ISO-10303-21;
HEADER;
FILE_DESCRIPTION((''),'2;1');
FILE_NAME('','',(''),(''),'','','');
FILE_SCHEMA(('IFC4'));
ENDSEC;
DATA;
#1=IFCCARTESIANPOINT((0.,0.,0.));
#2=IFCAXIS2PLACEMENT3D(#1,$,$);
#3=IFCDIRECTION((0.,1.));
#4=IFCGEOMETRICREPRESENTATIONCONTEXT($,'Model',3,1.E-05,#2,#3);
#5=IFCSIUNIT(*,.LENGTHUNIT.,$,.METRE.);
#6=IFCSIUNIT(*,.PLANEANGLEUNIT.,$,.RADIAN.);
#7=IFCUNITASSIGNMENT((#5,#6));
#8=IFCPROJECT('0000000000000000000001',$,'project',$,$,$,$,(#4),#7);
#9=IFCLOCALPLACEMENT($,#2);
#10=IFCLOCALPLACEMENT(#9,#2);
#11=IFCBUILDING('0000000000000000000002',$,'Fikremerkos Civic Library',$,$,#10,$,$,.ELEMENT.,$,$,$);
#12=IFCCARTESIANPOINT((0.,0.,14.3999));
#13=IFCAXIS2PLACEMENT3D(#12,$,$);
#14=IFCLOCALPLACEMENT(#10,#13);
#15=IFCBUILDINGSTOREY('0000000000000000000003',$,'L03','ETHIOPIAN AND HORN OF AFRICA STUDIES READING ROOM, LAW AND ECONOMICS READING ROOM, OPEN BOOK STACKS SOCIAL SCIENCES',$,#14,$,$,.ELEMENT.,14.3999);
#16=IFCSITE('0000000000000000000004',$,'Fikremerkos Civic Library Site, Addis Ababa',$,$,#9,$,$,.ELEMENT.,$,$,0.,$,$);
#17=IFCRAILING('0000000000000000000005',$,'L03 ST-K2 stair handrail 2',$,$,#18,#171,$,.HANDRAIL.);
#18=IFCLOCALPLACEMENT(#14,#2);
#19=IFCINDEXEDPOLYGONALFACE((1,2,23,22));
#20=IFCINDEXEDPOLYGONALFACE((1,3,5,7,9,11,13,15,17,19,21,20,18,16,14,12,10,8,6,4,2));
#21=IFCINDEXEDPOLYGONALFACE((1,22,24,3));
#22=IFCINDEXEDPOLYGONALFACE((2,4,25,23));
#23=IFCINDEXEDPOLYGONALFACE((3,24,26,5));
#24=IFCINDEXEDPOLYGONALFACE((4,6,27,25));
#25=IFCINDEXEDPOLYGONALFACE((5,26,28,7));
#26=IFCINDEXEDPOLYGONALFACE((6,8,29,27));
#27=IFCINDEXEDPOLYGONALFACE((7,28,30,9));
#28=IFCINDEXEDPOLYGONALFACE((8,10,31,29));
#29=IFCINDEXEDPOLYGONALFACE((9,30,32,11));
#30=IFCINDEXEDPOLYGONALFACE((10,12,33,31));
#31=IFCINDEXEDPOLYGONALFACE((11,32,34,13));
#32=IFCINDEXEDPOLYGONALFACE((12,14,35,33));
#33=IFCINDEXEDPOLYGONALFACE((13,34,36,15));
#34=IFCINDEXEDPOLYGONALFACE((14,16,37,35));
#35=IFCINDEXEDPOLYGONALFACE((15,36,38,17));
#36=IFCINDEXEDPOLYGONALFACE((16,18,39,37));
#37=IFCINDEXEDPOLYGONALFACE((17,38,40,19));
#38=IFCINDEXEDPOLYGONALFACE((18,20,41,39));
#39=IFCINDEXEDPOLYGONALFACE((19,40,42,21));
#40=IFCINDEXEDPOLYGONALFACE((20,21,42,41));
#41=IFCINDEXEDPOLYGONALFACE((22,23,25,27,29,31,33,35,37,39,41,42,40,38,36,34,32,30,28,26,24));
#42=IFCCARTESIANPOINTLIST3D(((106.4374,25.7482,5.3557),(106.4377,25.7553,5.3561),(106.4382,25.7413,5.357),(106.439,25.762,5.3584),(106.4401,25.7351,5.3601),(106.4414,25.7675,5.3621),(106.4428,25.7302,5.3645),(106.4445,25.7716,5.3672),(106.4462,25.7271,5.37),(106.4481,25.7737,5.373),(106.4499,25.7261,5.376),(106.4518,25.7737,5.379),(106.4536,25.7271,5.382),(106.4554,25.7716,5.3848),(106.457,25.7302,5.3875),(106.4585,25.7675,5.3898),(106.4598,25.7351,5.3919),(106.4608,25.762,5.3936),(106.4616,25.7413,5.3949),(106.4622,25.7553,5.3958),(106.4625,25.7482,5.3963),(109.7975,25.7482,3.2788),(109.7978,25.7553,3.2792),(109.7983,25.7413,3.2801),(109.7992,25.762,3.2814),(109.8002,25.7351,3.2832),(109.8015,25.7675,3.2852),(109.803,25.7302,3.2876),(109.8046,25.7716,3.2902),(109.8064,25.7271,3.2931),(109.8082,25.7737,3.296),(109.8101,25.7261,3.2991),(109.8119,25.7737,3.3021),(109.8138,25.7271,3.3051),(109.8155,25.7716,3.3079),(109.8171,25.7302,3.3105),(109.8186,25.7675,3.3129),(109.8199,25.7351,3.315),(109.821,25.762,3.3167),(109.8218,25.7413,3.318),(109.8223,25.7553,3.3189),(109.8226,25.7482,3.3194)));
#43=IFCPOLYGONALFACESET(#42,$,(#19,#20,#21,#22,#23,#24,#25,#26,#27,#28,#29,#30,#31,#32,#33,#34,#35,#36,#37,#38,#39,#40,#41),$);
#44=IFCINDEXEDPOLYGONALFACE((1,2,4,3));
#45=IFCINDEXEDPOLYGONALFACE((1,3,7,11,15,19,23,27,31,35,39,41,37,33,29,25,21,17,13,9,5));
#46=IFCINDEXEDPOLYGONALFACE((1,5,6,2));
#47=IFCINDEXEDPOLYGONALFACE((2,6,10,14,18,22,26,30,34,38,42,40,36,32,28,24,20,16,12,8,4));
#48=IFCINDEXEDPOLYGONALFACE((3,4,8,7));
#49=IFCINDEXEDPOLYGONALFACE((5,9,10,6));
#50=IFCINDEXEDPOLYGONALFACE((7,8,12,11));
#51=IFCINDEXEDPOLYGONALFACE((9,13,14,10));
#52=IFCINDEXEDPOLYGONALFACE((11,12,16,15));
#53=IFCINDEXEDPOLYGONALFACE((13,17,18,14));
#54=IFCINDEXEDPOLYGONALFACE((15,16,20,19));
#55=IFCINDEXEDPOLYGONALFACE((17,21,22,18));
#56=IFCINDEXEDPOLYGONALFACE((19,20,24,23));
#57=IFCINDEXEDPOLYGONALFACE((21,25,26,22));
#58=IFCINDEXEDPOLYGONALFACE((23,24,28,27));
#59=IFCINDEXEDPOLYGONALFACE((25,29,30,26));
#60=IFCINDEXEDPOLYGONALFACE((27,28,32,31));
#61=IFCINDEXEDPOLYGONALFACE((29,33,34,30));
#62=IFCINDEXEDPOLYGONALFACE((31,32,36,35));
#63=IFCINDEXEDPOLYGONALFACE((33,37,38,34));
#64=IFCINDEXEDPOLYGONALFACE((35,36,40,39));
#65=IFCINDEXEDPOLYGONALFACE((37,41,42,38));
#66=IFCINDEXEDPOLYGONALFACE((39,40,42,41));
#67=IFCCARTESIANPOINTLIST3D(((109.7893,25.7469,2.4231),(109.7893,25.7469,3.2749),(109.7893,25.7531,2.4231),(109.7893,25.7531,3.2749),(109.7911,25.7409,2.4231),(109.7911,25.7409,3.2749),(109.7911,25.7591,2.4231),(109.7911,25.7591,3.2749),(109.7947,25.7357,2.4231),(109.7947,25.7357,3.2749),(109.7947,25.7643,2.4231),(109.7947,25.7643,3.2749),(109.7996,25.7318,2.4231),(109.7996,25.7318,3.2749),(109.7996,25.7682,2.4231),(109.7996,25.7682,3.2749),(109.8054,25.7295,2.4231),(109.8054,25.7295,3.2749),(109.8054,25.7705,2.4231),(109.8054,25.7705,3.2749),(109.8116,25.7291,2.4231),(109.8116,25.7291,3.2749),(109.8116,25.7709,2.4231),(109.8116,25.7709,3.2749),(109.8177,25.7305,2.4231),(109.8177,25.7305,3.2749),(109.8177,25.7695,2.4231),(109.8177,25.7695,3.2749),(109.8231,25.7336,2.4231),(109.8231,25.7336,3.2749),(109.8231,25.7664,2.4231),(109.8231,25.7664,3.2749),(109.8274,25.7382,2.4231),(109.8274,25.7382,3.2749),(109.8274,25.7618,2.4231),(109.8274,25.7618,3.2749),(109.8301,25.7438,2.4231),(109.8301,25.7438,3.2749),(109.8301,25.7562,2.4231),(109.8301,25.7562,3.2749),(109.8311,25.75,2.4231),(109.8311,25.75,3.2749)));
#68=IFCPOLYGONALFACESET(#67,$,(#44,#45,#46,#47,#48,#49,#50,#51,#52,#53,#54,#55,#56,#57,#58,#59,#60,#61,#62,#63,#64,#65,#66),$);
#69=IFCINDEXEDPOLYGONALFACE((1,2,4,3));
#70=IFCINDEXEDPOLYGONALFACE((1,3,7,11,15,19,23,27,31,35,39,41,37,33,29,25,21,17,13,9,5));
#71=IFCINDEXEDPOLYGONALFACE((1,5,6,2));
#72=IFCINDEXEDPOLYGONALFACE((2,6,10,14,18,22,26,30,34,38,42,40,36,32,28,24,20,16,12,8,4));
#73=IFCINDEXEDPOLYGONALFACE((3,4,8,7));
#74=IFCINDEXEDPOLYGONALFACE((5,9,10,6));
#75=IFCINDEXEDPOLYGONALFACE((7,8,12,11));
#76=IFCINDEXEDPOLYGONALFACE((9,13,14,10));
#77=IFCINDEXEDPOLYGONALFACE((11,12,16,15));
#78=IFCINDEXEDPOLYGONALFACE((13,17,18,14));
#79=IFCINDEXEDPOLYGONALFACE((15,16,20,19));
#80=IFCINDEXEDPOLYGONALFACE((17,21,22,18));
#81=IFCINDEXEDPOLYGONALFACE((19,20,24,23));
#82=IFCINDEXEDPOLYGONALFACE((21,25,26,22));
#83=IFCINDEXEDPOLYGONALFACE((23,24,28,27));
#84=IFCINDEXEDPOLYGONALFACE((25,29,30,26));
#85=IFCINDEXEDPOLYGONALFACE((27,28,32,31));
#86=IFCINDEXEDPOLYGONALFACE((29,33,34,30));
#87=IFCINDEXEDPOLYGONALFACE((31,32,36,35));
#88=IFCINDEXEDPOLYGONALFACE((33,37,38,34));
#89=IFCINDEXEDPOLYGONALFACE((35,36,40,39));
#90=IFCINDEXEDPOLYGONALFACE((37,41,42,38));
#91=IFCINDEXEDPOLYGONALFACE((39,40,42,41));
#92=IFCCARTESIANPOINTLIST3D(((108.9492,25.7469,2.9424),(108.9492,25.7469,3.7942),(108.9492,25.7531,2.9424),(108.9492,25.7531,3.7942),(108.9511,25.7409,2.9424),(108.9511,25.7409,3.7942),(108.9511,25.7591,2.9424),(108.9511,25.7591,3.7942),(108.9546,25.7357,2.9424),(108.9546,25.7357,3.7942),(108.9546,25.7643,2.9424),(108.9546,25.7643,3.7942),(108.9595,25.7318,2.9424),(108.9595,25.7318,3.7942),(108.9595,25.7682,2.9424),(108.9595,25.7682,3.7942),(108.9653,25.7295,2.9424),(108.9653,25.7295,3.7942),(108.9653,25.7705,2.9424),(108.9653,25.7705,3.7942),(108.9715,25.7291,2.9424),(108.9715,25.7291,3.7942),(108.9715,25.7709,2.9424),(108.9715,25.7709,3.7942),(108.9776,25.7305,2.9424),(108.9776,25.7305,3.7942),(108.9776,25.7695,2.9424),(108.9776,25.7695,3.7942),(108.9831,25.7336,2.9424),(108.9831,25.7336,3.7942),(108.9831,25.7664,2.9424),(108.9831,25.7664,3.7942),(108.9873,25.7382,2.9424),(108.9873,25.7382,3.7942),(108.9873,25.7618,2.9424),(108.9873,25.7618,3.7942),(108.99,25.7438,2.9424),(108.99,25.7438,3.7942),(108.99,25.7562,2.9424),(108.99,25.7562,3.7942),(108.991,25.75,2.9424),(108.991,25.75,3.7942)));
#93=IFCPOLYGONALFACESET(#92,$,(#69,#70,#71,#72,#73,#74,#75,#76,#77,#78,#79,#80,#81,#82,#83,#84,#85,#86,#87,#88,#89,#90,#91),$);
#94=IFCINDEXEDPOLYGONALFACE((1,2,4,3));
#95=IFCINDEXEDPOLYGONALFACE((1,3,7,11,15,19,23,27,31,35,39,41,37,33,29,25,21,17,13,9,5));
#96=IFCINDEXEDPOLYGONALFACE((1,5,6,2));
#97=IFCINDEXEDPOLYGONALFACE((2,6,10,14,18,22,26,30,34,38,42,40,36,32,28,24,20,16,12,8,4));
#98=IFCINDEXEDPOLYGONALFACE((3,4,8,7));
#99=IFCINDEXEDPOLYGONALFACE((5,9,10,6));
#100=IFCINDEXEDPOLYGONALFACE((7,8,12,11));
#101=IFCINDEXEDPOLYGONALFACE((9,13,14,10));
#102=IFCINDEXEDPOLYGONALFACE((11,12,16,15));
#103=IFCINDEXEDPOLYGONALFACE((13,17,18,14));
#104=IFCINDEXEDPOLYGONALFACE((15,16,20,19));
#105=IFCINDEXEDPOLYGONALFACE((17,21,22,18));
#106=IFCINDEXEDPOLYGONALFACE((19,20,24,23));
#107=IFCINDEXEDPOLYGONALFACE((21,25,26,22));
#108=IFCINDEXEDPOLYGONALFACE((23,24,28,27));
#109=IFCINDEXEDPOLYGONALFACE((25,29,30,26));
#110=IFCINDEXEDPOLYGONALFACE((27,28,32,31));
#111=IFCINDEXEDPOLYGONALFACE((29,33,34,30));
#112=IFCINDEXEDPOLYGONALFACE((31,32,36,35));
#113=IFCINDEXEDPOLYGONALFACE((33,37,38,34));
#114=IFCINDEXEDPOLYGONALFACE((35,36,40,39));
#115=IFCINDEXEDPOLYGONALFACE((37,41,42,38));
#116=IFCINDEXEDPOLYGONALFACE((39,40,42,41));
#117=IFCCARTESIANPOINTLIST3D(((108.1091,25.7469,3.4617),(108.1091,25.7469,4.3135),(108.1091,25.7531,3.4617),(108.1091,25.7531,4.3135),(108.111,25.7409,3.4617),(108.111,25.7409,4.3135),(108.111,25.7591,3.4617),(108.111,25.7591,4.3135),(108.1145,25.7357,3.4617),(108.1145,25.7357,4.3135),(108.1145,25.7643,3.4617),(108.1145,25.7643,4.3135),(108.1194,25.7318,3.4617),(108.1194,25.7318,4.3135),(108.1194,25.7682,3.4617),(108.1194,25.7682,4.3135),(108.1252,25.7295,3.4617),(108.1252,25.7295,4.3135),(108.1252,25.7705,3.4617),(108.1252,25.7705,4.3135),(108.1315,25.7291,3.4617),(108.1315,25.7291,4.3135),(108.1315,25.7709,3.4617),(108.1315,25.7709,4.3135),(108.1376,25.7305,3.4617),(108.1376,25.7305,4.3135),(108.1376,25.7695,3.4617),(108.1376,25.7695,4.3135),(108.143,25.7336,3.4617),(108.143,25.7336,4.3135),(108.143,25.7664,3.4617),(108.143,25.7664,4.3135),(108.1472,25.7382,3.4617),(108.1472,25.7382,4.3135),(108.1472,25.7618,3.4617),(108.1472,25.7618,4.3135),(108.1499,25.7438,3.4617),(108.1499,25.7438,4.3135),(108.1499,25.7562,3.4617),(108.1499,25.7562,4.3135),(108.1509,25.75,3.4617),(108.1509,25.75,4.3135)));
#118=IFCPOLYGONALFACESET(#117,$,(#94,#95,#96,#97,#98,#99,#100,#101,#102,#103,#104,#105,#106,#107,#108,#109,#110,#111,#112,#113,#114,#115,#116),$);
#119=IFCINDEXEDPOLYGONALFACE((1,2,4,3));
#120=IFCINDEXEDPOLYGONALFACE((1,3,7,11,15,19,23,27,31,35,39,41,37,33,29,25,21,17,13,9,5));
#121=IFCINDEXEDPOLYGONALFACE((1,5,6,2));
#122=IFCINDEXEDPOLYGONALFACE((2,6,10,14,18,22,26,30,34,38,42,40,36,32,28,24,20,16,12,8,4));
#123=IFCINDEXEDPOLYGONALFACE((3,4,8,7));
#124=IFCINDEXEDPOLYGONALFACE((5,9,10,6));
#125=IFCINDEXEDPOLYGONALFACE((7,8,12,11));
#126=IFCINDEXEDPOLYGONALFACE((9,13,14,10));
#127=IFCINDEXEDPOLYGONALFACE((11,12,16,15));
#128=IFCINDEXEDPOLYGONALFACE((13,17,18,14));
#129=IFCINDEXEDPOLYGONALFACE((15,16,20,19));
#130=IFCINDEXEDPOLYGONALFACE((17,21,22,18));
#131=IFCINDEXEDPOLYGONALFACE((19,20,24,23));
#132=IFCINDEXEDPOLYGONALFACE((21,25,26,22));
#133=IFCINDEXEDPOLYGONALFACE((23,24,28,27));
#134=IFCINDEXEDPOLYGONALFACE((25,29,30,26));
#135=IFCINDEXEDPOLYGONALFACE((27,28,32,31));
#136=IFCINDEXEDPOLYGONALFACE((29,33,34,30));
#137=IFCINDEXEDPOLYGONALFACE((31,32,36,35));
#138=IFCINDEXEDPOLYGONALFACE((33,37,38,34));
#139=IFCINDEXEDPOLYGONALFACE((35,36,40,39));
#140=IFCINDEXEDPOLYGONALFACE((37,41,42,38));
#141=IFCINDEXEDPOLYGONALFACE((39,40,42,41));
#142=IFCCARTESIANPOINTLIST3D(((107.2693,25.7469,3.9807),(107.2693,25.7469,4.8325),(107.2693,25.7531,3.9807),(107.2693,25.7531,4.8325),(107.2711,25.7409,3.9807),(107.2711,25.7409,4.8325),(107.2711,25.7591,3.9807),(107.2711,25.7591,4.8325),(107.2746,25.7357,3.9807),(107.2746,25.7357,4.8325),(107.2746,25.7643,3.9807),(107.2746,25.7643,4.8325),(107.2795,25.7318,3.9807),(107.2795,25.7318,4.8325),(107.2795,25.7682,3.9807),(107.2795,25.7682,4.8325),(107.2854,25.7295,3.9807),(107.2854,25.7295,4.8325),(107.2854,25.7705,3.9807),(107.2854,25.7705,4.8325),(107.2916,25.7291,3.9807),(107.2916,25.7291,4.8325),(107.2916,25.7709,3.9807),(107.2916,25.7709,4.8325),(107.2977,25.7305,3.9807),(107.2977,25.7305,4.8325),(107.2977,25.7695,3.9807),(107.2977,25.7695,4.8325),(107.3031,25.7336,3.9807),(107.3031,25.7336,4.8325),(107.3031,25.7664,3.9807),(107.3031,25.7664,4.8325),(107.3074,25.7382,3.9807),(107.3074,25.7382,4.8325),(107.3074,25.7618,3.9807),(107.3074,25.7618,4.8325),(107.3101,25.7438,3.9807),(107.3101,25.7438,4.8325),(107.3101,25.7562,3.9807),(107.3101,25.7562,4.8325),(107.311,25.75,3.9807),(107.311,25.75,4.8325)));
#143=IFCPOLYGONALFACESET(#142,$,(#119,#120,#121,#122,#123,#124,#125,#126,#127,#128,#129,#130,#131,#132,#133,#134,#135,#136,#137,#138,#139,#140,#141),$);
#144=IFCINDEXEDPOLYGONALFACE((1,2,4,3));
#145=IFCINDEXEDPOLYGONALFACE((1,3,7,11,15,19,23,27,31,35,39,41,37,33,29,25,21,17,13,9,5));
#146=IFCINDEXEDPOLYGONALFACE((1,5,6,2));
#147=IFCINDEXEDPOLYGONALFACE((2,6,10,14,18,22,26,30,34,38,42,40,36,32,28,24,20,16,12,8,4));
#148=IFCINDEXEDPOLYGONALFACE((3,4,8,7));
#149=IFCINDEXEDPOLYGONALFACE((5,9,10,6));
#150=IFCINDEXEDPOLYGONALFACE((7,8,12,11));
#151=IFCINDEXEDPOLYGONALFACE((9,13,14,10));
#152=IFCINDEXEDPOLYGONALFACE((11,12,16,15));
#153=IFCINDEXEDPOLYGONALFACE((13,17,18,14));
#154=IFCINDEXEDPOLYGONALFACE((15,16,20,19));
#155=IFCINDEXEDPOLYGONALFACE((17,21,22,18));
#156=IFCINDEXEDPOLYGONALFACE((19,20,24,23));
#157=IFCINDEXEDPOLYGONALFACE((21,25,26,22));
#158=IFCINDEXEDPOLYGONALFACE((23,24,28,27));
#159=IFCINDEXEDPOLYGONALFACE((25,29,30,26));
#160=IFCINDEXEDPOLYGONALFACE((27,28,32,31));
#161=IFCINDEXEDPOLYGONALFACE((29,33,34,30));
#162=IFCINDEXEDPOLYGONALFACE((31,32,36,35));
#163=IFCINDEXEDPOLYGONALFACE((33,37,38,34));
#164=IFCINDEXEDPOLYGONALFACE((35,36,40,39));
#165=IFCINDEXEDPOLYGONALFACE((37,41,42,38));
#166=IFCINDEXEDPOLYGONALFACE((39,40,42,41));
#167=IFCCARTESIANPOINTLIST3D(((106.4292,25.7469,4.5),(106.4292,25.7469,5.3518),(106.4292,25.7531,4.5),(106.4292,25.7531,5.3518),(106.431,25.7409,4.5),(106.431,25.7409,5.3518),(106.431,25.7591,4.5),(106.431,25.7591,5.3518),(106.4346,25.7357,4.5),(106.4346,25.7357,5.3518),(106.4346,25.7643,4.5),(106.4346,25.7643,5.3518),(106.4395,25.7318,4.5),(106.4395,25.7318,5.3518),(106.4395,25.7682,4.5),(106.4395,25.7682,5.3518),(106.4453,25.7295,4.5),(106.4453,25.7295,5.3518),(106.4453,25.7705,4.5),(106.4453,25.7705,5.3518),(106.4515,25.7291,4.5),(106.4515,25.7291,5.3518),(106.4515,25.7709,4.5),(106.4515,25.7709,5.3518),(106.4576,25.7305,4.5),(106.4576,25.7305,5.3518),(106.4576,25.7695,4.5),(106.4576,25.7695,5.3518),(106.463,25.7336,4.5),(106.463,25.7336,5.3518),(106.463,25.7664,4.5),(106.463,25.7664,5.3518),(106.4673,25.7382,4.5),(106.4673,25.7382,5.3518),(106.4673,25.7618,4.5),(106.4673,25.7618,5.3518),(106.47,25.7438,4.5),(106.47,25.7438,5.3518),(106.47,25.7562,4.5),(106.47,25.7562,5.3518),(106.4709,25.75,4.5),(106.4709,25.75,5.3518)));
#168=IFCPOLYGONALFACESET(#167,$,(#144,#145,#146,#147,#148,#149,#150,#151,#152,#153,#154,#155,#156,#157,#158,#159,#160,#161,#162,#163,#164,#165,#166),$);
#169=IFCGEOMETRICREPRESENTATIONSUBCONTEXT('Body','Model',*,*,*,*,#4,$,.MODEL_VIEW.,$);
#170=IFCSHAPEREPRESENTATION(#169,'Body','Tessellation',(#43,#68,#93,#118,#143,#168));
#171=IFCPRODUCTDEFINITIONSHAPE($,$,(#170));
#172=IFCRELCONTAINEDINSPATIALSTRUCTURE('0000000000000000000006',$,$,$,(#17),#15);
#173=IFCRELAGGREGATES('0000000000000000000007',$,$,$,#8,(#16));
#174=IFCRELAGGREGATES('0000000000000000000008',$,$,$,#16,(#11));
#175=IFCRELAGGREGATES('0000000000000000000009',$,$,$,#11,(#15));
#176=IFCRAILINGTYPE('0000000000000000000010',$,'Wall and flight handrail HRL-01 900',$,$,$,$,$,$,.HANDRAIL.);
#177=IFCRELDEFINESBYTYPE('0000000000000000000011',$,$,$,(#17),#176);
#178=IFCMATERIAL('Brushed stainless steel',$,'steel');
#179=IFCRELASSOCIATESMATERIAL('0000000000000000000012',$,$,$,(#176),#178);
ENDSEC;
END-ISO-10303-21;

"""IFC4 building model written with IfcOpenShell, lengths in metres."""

from ifc_helpers import new_model, si_unit, direction, frame, origin, origin_2d, place, context, subcontext, project, spatial, circle, extrude, material, type_object, element, save


model = new_model("IFC4")

# Units and contexts
model_context = context("Model", 3, precision=1e-05, world=origin(), true_north=direction((0.0, 1.0)))
body_context = subcontext(model_context, "Body", "Model", "MODEL_VIEW")
ifc_project = project(units=[si_unit("LENGTHUNIT", "METRE"), si_unit("PLANEANGLEUNIT", "RADIAN")], contexts=[model_context])

# Site, building, storey
site_placement = place(None, origin())
site = spatial("IfcSite", under=ifc_project, at=site_placement, Name="Fikremerkos Civic Library Site, Addis Ababa", CompositionType="ELEMENT", RefElevation=0.0)
building_placement = place(site_placement, origin())
building = spatial("IfcBuilding", under=site, at=building_placement, Name="Fikremerkos Civic Library", CompositionType="ELEMENT")
storey_placement = place(building_placement, frame((0.0, 0.0, 14.3999)))
storey = spatial("IfcBuildingStorey", under=building, at=storey_placement, Name="L03", Description="ETHIOPIAN AND HORN OF AFRICA STUDIES READING ROOM, LAW AND ECONOMICS READING ROOM, OPEN BOOK STACKS SOCIAL SCIENCES", CompositionType="ELEMENT", Elevation=14.3999)

# Shared definitions
ifc_material_1 = material(Name="Brushed stainless steel", Category="steel")

# Railing
railing_type_1 = type_object("IfcRailingType", Name="Wall and flight handrail HRL-01 900", PredefinedType="HANDRAIL", material=ifc_material_1)
railing_1_placement = place(storey_placement, frame((109.8101, 25.75, 2.4231)))
element("IfcRailing", 1, at=railing_1_placement, inside=storey, type_object=railing_type_1, Name="L03 ST-K2 stair handrail 2", PredefinedType="HANDRAIL", context=body_context, shape_type="SweptSolid", body=[
    extrude(circle(Radius=0.0239, at=origin_2d()), frame((0.0, 0.0, 0.876), z_axis=(-0.850623, 0.0, 0.525776), x_axis=(0.0, -1.0, 0.0)), (0.0, 0.0, 1.0), 3.9502),
    extrude(circle(Radius=0.021, at=origin_2d()), origin(), (0.0, 0.0, 1.0), 0.8518),
    extrude(circle(Radius=0.021, at=origin_2d()), frame((-0.8401, 0.0, 0.5193)), (0.0, 0.0, 1.0), 0.8518),
    extrude(circle(Radius=0.021, at=origin_2d()), frame((-1.6802, 0.0, 1.0386)), (0.0, 0.0, 1.0), 0.8518),
    extrude(circle(Radius=0.021, at=origin_2d()), frame((-2.52, 0.0, 1.5576)), (0.0, 0.0, 1.0), 0.8518),
    extrude(circle(Radius=0.021, at=origin_2d()), frame((-3.3601, 0.0, 2.0769)), (0.0, 0.0, 1.0), 0.8518),
])

save(model, "model.ifc")
